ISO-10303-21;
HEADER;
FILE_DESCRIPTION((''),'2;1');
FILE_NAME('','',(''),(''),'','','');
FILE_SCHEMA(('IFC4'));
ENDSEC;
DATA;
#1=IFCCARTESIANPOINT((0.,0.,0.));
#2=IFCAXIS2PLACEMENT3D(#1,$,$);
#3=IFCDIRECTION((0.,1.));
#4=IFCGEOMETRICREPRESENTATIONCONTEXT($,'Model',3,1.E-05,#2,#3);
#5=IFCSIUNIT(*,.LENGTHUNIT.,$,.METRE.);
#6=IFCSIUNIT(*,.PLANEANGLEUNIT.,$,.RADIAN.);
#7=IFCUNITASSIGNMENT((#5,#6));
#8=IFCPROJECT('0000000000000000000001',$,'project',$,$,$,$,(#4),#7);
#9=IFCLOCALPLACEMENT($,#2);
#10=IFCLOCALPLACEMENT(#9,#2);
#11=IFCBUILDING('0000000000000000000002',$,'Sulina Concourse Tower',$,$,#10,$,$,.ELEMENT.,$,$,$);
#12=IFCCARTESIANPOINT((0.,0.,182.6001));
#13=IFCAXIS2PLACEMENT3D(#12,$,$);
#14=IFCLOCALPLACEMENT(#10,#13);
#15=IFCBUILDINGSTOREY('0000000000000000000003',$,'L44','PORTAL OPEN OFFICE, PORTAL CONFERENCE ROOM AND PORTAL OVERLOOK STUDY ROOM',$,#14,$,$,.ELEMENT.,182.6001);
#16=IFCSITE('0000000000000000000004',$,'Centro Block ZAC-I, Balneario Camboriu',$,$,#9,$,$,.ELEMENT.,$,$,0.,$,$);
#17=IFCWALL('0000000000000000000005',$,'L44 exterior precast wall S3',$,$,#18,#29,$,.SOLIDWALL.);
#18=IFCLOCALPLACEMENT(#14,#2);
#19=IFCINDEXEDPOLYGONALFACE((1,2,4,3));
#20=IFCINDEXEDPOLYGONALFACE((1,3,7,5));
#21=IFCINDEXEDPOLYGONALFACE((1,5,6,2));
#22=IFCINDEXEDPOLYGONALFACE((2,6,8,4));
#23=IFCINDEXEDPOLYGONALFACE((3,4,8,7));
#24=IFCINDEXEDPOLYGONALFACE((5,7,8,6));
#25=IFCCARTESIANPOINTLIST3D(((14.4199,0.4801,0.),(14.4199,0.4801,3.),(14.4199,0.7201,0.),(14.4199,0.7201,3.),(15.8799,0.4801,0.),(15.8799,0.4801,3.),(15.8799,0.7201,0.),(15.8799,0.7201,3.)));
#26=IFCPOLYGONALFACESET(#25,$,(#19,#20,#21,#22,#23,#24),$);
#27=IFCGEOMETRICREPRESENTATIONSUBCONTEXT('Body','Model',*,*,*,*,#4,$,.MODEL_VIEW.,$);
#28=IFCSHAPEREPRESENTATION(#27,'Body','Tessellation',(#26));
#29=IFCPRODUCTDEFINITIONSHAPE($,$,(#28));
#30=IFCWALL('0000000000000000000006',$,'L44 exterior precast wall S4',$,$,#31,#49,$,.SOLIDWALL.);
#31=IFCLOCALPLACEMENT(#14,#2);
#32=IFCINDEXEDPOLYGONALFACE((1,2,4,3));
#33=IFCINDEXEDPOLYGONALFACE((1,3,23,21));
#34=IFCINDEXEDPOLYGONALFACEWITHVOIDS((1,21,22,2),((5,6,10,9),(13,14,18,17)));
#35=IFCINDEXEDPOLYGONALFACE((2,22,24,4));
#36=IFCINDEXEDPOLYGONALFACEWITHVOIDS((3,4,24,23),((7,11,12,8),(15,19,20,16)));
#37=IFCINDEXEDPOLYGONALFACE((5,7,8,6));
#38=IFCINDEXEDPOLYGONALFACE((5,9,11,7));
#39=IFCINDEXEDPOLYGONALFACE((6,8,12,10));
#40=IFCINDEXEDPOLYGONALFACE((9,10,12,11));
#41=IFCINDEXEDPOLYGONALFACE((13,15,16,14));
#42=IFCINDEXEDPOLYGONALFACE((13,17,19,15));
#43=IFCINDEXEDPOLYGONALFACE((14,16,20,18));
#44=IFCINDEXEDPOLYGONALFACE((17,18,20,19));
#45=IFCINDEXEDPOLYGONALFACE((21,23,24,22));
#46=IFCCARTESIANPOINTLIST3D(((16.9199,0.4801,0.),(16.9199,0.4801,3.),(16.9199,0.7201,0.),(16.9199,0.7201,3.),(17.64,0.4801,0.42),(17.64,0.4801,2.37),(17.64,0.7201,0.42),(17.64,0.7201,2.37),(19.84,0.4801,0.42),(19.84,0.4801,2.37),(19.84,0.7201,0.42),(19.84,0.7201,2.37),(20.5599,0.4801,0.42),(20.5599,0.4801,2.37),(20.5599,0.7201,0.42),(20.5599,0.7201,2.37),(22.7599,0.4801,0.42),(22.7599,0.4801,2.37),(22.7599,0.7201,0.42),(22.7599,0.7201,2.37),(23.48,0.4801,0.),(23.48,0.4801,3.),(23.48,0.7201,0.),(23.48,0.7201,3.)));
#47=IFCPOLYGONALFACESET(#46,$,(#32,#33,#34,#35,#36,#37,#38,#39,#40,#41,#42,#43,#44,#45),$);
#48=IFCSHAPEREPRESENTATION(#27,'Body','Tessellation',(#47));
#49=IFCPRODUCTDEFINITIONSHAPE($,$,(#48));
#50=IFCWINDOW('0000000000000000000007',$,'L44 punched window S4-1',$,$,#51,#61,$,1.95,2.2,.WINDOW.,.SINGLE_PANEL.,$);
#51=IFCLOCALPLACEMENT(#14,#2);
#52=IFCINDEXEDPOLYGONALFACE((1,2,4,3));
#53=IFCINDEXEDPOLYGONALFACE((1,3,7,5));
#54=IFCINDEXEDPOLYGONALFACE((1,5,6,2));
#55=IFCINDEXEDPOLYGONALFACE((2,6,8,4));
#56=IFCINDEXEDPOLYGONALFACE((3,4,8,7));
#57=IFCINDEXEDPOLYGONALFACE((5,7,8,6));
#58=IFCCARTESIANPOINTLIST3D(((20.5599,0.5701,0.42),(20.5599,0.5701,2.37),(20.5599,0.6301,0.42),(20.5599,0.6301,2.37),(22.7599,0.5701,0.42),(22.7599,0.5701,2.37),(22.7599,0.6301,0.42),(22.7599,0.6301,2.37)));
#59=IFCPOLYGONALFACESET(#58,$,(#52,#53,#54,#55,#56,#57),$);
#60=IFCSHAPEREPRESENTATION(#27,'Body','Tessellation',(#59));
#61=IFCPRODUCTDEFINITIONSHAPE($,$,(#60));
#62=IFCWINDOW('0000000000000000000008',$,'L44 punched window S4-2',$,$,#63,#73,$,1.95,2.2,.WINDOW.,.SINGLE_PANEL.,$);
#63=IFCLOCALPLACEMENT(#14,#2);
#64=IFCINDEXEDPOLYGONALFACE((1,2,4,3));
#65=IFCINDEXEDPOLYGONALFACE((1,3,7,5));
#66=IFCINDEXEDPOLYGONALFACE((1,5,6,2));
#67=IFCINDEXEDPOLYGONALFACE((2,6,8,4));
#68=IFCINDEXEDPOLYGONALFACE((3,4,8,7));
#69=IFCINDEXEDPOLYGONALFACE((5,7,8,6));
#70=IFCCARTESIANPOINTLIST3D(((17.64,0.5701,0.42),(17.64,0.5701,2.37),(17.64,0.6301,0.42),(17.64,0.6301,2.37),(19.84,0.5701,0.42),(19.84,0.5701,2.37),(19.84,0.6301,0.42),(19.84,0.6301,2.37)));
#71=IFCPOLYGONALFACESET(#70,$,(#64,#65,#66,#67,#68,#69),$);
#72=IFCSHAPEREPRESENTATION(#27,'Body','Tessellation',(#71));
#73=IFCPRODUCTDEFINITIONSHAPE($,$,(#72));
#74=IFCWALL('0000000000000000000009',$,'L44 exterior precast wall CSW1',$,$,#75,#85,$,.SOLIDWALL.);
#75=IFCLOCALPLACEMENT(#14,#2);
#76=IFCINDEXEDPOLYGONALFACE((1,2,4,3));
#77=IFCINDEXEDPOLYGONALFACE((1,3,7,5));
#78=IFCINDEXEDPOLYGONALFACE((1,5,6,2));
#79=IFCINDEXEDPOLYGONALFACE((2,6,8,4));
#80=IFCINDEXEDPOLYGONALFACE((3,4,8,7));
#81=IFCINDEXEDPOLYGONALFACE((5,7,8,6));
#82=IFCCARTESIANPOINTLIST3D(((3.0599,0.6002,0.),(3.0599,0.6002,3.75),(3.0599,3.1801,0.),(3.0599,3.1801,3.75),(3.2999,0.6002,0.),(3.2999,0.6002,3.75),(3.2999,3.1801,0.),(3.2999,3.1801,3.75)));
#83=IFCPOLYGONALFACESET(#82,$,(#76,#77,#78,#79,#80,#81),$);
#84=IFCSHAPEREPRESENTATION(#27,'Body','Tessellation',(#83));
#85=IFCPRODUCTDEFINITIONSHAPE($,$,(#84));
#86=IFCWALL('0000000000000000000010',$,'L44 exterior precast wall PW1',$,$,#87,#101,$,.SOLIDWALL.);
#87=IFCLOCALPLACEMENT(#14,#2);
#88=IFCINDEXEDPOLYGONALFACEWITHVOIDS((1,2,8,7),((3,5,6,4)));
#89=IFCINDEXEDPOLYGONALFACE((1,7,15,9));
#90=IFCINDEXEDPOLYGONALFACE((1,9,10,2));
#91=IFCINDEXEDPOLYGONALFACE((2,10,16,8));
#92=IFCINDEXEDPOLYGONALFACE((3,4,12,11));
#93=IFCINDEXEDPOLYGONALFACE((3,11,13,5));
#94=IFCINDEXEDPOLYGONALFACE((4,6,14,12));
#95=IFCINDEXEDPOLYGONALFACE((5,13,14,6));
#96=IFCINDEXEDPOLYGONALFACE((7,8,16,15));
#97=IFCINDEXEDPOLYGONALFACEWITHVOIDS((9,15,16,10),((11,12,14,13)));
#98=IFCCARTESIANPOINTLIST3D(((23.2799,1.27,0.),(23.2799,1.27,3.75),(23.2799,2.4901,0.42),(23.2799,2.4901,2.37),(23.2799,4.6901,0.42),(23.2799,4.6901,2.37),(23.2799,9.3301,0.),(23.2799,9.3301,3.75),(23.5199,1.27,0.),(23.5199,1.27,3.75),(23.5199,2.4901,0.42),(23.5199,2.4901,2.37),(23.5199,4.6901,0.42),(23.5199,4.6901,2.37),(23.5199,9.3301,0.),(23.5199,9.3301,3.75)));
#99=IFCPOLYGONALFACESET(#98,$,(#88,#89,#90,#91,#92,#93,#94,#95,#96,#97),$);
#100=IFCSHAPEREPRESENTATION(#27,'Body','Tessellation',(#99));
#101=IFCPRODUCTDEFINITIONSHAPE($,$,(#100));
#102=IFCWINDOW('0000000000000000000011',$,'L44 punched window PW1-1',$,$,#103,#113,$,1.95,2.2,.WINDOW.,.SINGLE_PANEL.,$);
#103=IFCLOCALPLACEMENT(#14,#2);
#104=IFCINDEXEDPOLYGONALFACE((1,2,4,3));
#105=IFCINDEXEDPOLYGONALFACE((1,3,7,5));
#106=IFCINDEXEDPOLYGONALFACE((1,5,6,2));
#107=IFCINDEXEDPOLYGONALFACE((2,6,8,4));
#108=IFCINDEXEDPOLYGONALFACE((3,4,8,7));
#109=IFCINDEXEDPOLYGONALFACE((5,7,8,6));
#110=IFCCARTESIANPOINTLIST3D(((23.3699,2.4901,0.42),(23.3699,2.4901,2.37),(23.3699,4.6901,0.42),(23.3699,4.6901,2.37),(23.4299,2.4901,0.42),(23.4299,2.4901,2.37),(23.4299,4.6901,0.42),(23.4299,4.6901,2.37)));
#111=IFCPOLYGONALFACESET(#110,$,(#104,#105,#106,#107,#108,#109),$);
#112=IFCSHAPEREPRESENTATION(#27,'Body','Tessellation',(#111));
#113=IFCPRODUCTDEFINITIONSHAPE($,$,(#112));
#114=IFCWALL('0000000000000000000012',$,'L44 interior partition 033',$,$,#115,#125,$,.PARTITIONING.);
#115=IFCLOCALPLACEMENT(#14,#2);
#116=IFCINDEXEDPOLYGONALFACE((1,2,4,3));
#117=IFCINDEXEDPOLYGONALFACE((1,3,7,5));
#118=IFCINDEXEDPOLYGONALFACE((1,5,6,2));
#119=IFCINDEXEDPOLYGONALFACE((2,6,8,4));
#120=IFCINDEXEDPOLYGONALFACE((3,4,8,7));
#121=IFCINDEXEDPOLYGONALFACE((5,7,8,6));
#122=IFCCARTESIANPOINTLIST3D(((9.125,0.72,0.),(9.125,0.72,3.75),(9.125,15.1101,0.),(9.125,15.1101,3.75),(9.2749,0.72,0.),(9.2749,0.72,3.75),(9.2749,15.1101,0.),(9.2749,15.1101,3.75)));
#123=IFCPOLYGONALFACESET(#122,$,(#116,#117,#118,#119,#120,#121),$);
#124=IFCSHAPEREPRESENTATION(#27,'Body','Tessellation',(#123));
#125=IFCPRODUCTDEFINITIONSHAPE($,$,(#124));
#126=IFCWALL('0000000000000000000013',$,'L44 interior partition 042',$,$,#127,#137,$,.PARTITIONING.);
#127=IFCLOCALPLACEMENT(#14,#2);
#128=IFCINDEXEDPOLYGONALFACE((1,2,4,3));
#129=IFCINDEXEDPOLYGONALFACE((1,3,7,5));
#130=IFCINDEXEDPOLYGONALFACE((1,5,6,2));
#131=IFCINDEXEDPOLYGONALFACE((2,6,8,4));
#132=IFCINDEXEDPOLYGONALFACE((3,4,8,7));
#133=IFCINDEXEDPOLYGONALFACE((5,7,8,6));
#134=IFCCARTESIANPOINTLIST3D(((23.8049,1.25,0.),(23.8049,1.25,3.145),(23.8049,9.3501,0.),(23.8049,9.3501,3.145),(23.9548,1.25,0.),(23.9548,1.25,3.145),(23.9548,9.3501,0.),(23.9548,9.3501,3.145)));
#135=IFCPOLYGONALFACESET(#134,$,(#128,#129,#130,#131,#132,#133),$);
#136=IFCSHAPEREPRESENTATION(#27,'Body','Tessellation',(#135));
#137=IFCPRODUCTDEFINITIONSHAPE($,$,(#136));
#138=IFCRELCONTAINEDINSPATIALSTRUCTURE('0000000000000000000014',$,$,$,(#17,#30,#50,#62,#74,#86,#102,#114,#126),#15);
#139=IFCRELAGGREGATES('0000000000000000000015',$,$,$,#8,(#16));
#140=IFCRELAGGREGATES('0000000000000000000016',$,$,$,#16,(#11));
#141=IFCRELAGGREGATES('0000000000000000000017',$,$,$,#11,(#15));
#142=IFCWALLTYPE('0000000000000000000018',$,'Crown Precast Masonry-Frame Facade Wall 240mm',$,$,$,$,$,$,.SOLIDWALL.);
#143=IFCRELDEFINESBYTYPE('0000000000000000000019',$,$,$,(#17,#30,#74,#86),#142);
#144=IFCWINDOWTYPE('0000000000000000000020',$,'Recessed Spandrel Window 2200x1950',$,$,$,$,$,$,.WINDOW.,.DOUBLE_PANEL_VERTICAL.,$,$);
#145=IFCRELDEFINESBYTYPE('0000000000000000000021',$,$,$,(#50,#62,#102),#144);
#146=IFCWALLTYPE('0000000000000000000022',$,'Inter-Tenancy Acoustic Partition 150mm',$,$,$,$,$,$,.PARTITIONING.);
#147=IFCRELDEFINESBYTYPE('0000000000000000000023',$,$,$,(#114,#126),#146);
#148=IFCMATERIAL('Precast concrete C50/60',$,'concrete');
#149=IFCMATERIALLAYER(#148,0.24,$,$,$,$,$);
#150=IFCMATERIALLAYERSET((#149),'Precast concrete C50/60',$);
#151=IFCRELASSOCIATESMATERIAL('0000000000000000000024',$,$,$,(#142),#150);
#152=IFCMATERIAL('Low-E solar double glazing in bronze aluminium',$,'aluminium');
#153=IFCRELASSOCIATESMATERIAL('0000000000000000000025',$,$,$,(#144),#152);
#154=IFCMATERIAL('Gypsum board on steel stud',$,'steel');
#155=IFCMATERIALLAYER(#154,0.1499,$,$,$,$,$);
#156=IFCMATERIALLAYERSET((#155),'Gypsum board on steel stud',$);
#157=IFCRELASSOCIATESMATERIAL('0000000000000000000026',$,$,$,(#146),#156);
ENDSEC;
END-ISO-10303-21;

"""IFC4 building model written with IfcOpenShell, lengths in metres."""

from ifc_helpers import new_model, si_unit, direction, frame, frame_2d, origin, place, context, subcontext, project, spatial, rectangle, extrude, material, layer, layer_set, type_object, element, fill, save


model = new_model("IFC4")

# Units and contexts
model_context = context("Model", 3, precision=1e-05, world=origin(), true_north=direction((0.0, 1.0)))
body_context = subcontext(model_context, "Body", "Model", "MODEL_VIEW")
ifc_project = project(units=[si_unit("LENGTHUNIT", "METRE"), si_unit("PLANEANGLEUNIT", "RADIAN")], contexts=[model_context])

# Site, building, storey
site_placement = place(None, origin())
site = spatial("IfcSite", under=ifc_project, at=site_placement, Name="Centro Block ZAC-I, Balneario Camboriu", CompositionType="ELEMENT", RefElevation=0.0)
building_placement = place(site_placement, origin())
building = spatial("IfcBuilding", under=site, at=building_placement, Name="Sulina Concourse Tower", CompositionType="ELEMENT")
storey_placement = place(building_placement, frame((0.0, 0.0, 182.6001)))
storey = spatial("IfcBuildingStorey", under=building, at=storey_placement, Name="L44", Description="PORTAL OPEN OFFICE, PORTAL CONFERENCE ROOM AND PORTAL OVERLOOK STUDY ROOM", CompositionType="ELEMENT", Elevation=182.6001)

# Wall
ifc_material_1 = material(Name="Precast concrete C50/60", Category="concrete")
ifc_layer_1 = layer(ifc_material_1, 0.24)
ifc_layer_set_1 = layer_set([ifc_layer_1], Name="Precast concrete C50/60")
wall_type_1 = type_object("IfcWallType", Name="Crown Precast Masonry-Frame Facade Wall 240mm", PredefinedType="SOLIDWALL", material=ifc_layer_set_1)
wall_1_placement = place(storey_placement, frame((15.8799, 0.6001, 0.0), z_axis=(0.0, 0.0, 1.0), x_axis=(-1.0, 0.0, 0.0)))
element("IfcWall", 1, at=wall_1_placement, inside=storey, type_object=wall_type_1, Name="L44 exterior precast wall S3", PredefinedType="SOLIDWALL", context=body_context, shape_type="SweptSolid", body=[
    extrude(rectangle(XDim=1.46, YDim=0.24, at=frame_2d((0.73, 0.0))), origin(), (0.0, 0.0, 1.0), 3.0),
])

# Wall, openings, windows
wall_2_placement = place(storey_placement, frame((23.48, 0.6001, 0.0), z_axis=(0.0, 0.0, 1.0), x_axis=(-1.0, 0.0, 0.0)))
wall_2 = element("IfcWall", 2, at=wall_2_placement, inside=storey, type_object=wall_type_1, Name="L44 exterior precast wall S4", PredefinedType="SOLIDWALL", context=body_context, shape_type="SweptSolid", body=[
    extrude(rectangle(XDim=6.5601, YDim=0.24, at=frame_2d((3.28, 0.0))), origin(), (0.0, 0.0, 1.0), 3.0),
])
opening_1_placement = place(wall_2_placement, frame((0.72, 0.0, 0.4199)))
opening_1 = element("IfcOpeningElement", 3, at=opening_1_placement, cuts=wall_2, PredefinedType="OPENING", context=body_context, shape_type="SweptSolid", body=[
    extrude(rectangle(XDim=2.2, YDim=1.95, at=frame_2d((1.1001, 0.9751))), frame((0.0, 0.1299, 0.0), z_axis=(0.0, -1.0, 0.0), x_axis=(1.0, 0.0, 0.0)), (0.0, 0.0, 1.0), 0.26),
])
opening_2_placement = place(wall_2_placement, frame((3.6399, 0.0, 0.4199)))
opening_2 = element("IfcOpeningElement", 4, at=opening_2_placement, cuts=wall_2, PredefinedType="OPENING", context=body_context, shape_type="SweptSolid", body=[
    extrude(rectangle(XDim=2.2, YDim=1.95, at=frame_2d((1.1001, 0.9751))), frame((0.0, 0.1299, 0.0), z_axis=(0.0, -1.0, 0.0), x_axis=(1.0, 0.0, 0.0)), (0.0, 0.0, 1.0), 0.26),
])
ifc_material_2 = material(Name="Low-E solar double glazing in bronze aluminium", Category="aluminium")
window_type = type_object("IfcWindowType", Name="Recessed Spandrel Window 2200x1950", PartitioningType="DOUBLE_PANEL_VERTICAL", PredefinedType="WINDOW", material=ifc_material_2)
window_1_placement = place(opening_1_placement, origin())
window_1 = element("IfcWindow", 5, at=window_1_placement, inside=storey, type_object=window_type, Name="L44 punched window S4-1", OverallHeight=1.95, OverallWidth=2.2, PartitioningType="SINGLE_PANEL", PredefinedType="WINDOW", context=body_context, shape_type="SweptSolid", body=[
    extrude(rectangle(XDim=2.2, YDim=1.95, at=frame_2d((1.1001, 0.9751))), frame((0.0, 0.03, 0.0), z_axis=(0.0, -1.0, 0.0), x_axis=(1.0, 0.0, 0.0)), (0.0, 0.0, 1.0), 0.0601),
])
fill(opening_1, window_1)
window_2_placement = place(opening_2_placement, origin())
window_2 = element("IfcWindow", 6, at=window_2_placement, inside=storey, type_object=window_type, Name="L44 punched window S4-2", OverallHeight=1.95, OverallWidth=2.2, PartitioningType="SINGLE_PANEL", PredefinedType="WINDOW", context=body_context, shape_type="SweptSolid", body=[
    extrude(rectangle(XDim=2.2, YDim=1.95, at=frame_2d((1.1001, 0.9751))), frame((0.0, 0.03, 0.0), z_axis=(0.0, -1.0, 0.0), x_axis=(1.0, 0.0, 0.0)), (0.0, 0.0, 1.0), 0.0601),
])
fill(opening_2, window_2)

# Wall
wall_3_placement = place(storey_placement, frame((3.1799, 0.6001, 0.0), z_axis=(0.0, 0.0, 1.0), x_axis=(0.0, 1.0, 0.0)))
element("IfcWall", 7, at=wall_3_placement, inside=storey, type_object=wall_type_1, Name="L44 exterior precast wall CSW1", PredefinedType="SOLIDWALL", context=body_context, shape_type="SweptSolid", body=[
    extrude(rectangle(XDim=2.5798, YDim=0.24, at=frame_2d((1.29, 0.0))), origin(), (0.0, 0.0, 1.0), 3.75),
])

# Wall, opening, window
wall_4_placement = place(storey_placement, frame((23.3999, 9.3301, 0.0), z_axis=(0.0, 0.0, 1.0), x_axis=(0.0, -1.0, 0.0)))
wall_4 = element("IfcWall", 8, at=wall_4_placement, inside=storey, type_object=wall_type_1, Name="L44 exterior precast wall PW1", PredefinedType="SOLIDWALL", context=body_context, shape_type="SweptSolid", body=[
    extrude(rectangle(XDim=8.0601, YDim=0.24, at=frame_2d((4.03, 0.0))), origin(), (0.0, 0.0, 1.0), 3.75),
])
opening_3_placement = place(wall_4_placement, frame((4.6399, 0.0, 0.4199)))
opening_3 = element("IfcOpeningElement", 9, at=opening_3_placement, cuts=wall_4, PredefinedType="OPENING", context=body_context, shape_type="SweptSolid", body=[
    extrude(rectangle(XDim=2.2, YDim=1.95, at=frame_2d((1.1001, 0.9751))), frame((0.0, 0.1299, 0.0), z_axis=(0.0, -1.0, 0.0), x_axis=(1.0, 0.0, 0.0)), (0.0, 0.0, 1.0), 0.26),
])
window_3_placement = place(opening_3_placement, origin())
window_3 = element("IfcWindow", 10, at=window_3_placement, inside=storey, type_object=window_type, Name="L44 punched window PW1-1", OverallHeight=1.95, OverallWidth=2.2, PartitioningType="SINGLE_PANEL", PredefinedType="WINDOW", context=body_context, shape_type="SweptSolid", body=[
    extrude(rectangle(XDim=2.2, YDim=1.95, at=frame_2d((1.1001, 0.9751))), frame((0.0, 0.03, 0.0), z_axis=(0.0, -1.0, 0.0), x_axis=(1.0, 0.0, 0.0)), (0.0, 0.0, 1.0), 0.0601),
])
fill(opening_3, window_3)

# Walls
ifc_material_3 = material(Name="Gypsum board on steel stud", Category="steel")
ifc_layer_2 = layer(ifc_material_3, 0.1499)
ifc_layer_set_2 = layer_set([ifc_layer_2], Name="Gypsum board on steel stud")
wall_type_2 = type_object("IfcWallType", Name="Inter-Tenancy Acoustic Partition 150mm", PredefinedType="PARTITIONING", material=ifc_layer_set_2)
wall_5_placement = place(storey_placement, frame((9.2, 0.72, 0.0), z_axis=(0.0, 0.0, 1.0), x_axis=(0.0, 1.0, 0.0)))
element("IfcWall", 11, at=wall_5_placement, inside=storey, type_object=wall_type_2, Name="L44 interior partition 033", PredefinedType="PARTITIONING", context=body_context, shape_type="SweptSolid", body=[
    extrude(rectangle(XDim=14.3901, YDim=0.1499, at=frame_2d((7.1951, 0.0))), origin(), (0.0, 0.0, 1.0), 3.75),
])
wall_6_placement = place(storey_placement, frame((23.8799, 1.25, 0.0), z_axis=(0.0, 0.0, 1.0), x_axis=(0.0, 1.0, 0.0)))
element("IfcWall", 12, at=wall_6_placement, inside=storey, type_object=wall_type_2, Name="L44 interior partition 042", PredefinedType="PARTITIONING", context=body_context, shape_type="SweptSolid", body=[
    extrude(rectangle(XDim=8.1001, YDim=0.1499, at=frame_2d((4.05, 0.0))), origin(), (0.0, 0.0, 1.0), 3.145),
])

save(model, "model.ifc")
